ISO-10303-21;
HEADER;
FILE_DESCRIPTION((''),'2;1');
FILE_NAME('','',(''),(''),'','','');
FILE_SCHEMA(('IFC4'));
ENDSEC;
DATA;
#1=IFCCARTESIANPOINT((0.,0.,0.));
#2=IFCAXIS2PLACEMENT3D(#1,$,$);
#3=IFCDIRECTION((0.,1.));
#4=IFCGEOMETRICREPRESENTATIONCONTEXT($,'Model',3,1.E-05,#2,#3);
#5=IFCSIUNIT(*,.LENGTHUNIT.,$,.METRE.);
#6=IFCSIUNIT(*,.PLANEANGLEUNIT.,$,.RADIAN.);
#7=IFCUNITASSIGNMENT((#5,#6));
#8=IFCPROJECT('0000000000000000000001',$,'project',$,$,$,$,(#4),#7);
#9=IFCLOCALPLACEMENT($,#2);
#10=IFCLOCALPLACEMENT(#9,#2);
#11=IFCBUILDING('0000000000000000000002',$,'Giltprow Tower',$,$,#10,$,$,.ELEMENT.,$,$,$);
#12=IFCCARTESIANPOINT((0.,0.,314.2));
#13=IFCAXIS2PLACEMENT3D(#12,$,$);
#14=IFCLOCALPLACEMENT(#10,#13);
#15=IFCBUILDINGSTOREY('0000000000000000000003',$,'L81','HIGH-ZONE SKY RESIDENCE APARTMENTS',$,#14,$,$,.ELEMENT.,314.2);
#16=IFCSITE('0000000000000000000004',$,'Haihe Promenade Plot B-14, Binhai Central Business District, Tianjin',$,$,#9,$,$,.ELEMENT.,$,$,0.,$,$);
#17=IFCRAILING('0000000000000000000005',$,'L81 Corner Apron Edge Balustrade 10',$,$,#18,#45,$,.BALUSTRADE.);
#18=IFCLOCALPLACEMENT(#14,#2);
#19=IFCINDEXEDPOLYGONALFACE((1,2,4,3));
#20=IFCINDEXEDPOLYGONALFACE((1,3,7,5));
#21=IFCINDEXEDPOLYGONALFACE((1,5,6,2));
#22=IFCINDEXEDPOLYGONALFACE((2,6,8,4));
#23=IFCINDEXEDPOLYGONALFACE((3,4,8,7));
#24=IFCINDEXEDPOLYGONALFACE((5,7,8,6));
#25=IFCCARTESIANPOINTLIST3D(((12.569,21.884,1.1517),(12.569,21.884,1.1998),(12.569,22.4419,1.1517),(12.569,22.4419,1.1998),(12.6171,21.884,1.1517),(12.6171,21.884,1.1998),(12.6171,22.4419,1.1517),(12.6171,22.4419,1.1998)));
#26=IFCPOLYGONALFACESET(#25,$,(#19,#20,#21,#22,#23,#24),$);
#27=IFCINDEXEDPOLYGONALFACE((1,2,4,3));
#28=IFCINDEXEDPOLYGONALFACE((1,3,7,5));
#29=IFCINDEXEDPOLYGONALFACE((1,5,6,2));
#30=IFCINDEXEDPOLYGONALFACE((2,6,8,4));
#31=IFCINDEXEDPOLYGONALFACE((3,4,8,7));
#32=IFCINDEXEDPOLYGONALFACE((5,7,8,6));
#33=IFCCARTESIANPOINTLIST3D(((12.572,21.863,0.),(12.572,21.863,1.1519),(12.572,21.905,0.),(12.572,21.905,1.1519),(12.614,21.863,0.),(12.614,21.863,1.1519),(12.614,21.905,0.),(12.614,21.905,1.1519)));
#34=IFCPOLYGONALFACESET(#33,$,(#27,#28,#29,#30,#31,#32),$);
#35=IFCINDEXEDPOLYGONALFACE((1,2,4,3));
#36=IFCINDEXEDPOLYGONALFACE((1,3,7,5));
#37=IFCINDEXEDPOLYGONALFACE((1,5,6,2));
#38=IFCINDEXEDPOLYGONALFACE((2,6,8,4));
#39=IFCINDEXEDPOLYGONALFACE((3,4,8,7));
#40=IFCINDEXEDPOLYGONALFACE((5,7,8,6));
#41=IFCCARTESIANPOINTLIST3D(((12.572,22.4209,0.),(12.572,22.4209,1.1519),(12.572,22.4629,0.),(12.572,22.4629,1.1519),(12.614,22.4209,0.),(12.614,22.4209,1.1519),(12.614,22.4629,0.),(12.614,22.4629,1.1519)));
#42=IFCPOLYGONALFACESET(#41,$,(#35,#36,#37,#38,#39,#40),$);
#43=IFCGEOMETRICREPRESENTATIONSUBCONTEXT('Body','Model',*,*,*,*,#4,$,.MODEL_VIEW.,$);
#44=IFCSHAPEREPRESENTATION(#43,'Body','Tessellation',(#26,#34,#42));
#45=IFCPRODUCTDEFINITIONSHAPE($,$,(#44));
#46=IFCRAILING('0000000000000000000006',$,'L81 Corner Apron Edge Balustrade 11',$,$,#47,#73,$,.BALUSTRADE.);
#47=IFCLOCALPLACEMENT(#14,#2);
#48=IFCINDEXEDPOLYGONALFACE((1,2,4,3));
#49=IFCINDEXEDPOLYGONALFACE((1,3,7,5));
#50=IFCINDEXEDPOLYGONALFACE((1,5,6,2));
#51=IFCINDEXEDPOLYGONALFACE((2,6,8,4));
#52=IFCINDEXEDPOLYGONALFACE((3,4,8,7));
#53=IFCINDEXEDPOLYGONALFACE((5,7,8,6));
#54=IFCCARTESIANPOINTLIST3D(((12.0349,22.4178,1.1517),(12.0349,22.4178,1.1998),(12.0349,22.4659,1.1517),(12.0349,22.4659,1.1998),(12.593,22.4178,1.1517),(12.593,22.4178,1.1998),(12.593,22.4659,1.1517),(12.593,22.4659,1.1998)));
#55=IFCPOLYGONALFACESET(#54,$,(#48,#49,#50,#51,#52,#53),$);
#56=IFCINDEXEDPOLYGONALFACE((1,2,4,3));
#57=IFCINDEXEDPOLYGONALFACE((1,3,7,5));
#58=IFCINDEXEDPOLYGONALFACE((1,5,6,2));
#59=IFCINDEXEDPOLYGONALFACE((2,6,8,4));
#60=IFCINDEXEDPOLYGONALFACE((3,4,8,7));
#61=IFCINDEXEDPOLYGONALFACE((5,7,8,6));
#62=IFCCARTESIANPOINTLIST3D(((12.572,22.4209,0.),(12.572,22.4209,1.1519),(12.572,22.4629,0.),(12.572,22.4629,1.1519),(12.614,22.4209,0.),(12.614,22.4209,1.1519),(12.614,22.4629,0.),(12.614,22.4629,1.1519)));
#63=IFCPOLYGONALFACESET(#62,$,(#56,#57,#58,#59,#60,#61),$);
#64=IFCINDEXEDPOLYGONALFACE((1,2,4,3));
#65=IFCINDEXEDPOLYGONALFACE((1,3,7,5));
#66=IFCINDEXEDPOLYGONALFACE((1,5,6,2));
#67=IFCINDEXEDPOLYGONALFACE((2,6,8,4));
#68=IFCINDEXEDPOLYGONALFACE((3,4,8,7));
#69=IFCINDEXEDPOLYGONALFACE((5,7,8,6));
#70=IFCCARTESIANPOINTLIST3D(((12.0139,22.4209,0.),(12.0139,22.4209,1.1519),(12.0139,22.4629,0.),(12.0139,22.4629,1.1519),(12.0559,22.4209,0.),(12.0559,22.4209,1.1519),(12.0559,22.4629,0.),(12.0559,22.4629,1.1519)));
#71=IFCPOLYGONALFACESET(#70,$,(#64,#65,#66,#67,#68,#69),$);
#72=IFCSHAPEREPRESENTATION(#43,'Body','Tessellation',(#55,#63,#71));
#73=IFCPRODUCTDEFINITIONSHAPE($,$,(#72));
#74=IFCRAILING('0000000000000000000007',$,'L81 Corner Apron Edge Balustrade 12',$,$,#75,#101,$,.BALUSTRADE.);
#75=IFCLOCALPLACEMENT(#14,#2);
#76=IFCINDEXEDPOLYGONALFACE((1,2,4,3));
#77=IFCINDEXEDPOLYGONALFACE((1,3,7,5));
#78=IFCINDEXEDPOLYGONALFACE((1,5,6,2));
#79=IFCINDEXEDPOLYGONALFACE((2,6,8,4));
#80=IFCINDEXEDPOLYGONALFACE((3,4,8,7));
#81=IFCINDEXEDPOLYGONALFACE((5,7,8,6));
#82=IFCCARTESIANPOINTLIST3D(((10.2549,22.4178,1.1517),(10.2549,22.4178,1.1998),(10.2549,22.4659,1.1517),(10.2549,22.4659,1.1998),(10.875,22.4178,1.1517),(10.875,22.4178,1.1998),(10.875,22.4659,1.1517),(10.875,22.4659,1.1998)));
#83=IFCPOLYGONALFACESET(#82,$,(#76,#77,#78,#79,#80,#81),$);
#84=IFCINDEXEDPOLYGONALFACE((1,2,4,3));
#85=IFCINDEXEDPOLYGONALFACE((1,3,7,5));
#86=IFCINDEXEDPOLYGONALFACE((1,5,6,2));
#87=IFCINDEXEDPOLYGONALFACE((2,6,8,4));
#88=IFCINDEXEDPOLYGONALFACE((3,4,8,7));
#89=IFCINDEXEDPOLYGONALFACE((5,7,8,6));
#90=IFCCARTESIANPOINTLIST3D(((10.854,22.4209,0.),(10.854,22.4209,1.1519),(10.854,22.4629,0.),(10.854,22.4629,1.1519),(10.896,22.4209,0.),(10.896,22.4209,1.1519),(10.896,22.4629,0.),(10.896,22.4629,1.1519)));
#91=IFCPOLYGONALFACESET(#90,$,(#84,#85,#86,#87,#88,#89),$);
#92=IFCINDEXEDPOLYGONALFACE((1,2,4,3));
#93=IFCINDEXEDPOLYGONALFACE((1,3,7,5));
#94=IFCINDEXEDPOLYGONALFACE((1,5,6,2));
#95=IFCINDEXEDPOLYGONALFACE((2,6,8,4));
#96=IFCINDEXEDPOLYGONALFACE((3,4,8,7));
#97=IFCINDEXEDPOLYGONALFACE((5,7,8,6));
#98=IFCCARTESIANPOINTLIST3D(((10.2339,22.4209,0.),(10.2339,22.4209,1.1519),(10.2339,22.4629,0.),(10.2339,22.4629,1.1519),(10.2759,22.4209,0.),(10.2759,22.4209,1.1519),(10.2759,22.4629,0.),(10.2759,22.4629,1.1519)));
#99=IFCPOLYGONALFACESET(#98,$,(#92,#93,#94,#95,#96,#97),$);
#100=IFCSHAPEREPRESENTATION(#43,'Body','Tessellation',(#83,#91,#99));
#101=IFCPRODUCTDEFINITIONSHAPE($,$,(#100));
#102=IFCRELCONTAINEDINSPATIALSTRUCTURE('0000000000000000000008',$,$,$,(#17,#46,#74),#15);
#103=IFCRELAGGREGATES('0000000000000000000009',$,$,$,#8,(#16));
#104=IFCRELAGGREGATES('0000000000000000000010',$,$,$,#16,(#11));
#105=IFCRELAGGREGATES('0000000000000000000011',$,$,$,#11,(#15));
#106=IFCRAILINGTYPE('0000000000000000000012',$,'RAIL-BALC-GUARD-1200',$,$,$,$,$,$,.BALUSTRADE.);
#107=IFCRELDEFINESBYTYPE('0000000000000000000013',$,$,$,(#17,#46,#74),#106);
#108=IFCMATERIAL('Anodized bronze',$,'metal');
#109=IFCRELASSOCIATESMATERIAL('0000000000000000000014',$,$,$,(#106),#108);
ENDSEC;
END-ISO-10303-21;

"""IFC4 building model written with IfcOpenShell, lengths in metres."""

from ifc_helpers import new_model, si_unit, direction, frame, origin, origin_2d, place, context, subcontext, project, spatial, rectangle, extrude, material, type_object, element, save


model = new_model("IFC4")

# Units and contexts
model_context = context("Model", 3, precision=1e-05, world=origin(), true_north=direction((0.0, 1.0)))
body_context = subcontext(model_context, "Body", "Model", "MODEL_VIEW")
ifc_project = project(units=[si_unit("LENGTHUNIT", "METRE"), si_unit("PLANEANGLEUNIT", "RADIAN")], contexts=[model_context])

# Site, building, storey
site_placement = place(None, origin())
site = spatial("IfcSite", under=ifc_project, at=site_placement, Name="Haihe Promenade Plot B-14, Binhai Central Business District, Tianjin", CompositionType="ELEMENT", RefElevation=0.0)
building_placement = place(site_placement, origin())
building = spatial("IfcBuilding", under=site, at=building_placement, Name="Giltprow Tower", CompositionType="ELEMENT")
storey_placement = place(building_placement, frame((0.0, 0.0, 314.2)))
storey = spatial("IfcBuildingStorey", under=building, at=storey_placement, Name="L81", Description="HIGH-ZONE SKY RESIDENCE APARTMENTS", CompositionType="ELEMENT", Elevation=314.2)

# Railings
ifc_material_1 = material(Name="Anodized bronze", Category="metal")
railing_type = type_object("IfcRailingType", Name="RAIL-BALC-GUARD-1200", PredefinedType="BALUSTRADE", material=ifc_material_1)
railing_1_placement = place(storey_placement, frame((12.593, 21.884, 0.0)))
element("IfcRailing", 1, at=railing_1_placement, inside=storey, type_object=railing_type, Name="L81 Corner Apron Edge Balustrade 10", PredefinedType="BALUSTRADE", context=body_context, shape_type="SweptSolid", body=[
    extrude(rectangle(XDim=0.0481, YDim=0.0481, at=origin_2d()), frame((0.0, 0.0, 1.1758), z_axis=(0.0, 1.0, 0.0), x_axis=(-1.0, 0.0, 0.0)), (0.0, 0.0, 1.0), 0.5579),
    extrude(rectangle(XDim=0.042, YDim=0.042, at=origin_2d()), origin(), (0.0, 0.0, 1.0), 1.1519),
    extrude(rectangle(XDim=0.042, YDim=0.042, at=origin_2d()), frame((0.0, 0.5579, 0.0)), (0.0, 0.0, 1.0), 1.1519),
])
railing_2_placement = place(storey_placement, frame((12.593, 22.4419, 0.0)))
element("IfcRailing", 2, at=railing_2_placement, inside=storey, type_object=railing_type, Name="L81 Corner Apron Edge Balustrade 11", PredefinedType="BALUSTRADE", context=body_context, shape_type="SweptSolid", body=[
    extrude(rectangle(XDim=0.0481, YDim=0.0481, at=origin_2d()), frame((0.0, 0.0, 1.1758), z_axis=(-1.0, 0.0, 0.0), x_axis=(0.0, -1.0, 0.0)), (0.0, 0.0, 1.0), 0.5581),
    extrude(rectangle(XDim=0.042, YDim=0.042, at=origin_2d()), origin(), (0.0, 0.0, 1.0), 1.1519),
    extrude(rectangle(XDim=0.042, YDim=0.042, at=origin_2d()), frame((-0.5581, 0.0, 0.0)), (0.0, 0.0, 1.0), 1.1519),
])
railing_3_placement = place(storey_placement, frame((10.875, 22.4419, 0.0)))
element("IfcRailing", 3, at=railing_3_placement, inside=storey, type_object=railing_type, Name="L81 Corner Apron Edge Balustrade 12", PredefinedType="BALUSTRADE", context=body_context, shape_type="SweptSolid", body=[
    extrude(rectangle(XDim=0.0481, YDim=0.0481, at=origin_2d()), frame((0.0, 0.0, 1.1758), z_axis=(-1.0, 0.0, 0.0), x_axis=(0.0, -1.0, 0.0)), (0.0, 0.0, 1.0), 0.6201),
    extrude(rectangle(XDim=0.042, YDim=0.042, at=origin_2d()), origin(), (0.0, 0.0, 1.0), 1.1519),
    extrude(rectangle(XDim=0.042, YDim=0.042, at=origin_2d()), frame((-0.6201, 0.0, 0.0)), (0.0, 0.0, 1.0), 1.1519),
])

save(model, "model.ifc")
